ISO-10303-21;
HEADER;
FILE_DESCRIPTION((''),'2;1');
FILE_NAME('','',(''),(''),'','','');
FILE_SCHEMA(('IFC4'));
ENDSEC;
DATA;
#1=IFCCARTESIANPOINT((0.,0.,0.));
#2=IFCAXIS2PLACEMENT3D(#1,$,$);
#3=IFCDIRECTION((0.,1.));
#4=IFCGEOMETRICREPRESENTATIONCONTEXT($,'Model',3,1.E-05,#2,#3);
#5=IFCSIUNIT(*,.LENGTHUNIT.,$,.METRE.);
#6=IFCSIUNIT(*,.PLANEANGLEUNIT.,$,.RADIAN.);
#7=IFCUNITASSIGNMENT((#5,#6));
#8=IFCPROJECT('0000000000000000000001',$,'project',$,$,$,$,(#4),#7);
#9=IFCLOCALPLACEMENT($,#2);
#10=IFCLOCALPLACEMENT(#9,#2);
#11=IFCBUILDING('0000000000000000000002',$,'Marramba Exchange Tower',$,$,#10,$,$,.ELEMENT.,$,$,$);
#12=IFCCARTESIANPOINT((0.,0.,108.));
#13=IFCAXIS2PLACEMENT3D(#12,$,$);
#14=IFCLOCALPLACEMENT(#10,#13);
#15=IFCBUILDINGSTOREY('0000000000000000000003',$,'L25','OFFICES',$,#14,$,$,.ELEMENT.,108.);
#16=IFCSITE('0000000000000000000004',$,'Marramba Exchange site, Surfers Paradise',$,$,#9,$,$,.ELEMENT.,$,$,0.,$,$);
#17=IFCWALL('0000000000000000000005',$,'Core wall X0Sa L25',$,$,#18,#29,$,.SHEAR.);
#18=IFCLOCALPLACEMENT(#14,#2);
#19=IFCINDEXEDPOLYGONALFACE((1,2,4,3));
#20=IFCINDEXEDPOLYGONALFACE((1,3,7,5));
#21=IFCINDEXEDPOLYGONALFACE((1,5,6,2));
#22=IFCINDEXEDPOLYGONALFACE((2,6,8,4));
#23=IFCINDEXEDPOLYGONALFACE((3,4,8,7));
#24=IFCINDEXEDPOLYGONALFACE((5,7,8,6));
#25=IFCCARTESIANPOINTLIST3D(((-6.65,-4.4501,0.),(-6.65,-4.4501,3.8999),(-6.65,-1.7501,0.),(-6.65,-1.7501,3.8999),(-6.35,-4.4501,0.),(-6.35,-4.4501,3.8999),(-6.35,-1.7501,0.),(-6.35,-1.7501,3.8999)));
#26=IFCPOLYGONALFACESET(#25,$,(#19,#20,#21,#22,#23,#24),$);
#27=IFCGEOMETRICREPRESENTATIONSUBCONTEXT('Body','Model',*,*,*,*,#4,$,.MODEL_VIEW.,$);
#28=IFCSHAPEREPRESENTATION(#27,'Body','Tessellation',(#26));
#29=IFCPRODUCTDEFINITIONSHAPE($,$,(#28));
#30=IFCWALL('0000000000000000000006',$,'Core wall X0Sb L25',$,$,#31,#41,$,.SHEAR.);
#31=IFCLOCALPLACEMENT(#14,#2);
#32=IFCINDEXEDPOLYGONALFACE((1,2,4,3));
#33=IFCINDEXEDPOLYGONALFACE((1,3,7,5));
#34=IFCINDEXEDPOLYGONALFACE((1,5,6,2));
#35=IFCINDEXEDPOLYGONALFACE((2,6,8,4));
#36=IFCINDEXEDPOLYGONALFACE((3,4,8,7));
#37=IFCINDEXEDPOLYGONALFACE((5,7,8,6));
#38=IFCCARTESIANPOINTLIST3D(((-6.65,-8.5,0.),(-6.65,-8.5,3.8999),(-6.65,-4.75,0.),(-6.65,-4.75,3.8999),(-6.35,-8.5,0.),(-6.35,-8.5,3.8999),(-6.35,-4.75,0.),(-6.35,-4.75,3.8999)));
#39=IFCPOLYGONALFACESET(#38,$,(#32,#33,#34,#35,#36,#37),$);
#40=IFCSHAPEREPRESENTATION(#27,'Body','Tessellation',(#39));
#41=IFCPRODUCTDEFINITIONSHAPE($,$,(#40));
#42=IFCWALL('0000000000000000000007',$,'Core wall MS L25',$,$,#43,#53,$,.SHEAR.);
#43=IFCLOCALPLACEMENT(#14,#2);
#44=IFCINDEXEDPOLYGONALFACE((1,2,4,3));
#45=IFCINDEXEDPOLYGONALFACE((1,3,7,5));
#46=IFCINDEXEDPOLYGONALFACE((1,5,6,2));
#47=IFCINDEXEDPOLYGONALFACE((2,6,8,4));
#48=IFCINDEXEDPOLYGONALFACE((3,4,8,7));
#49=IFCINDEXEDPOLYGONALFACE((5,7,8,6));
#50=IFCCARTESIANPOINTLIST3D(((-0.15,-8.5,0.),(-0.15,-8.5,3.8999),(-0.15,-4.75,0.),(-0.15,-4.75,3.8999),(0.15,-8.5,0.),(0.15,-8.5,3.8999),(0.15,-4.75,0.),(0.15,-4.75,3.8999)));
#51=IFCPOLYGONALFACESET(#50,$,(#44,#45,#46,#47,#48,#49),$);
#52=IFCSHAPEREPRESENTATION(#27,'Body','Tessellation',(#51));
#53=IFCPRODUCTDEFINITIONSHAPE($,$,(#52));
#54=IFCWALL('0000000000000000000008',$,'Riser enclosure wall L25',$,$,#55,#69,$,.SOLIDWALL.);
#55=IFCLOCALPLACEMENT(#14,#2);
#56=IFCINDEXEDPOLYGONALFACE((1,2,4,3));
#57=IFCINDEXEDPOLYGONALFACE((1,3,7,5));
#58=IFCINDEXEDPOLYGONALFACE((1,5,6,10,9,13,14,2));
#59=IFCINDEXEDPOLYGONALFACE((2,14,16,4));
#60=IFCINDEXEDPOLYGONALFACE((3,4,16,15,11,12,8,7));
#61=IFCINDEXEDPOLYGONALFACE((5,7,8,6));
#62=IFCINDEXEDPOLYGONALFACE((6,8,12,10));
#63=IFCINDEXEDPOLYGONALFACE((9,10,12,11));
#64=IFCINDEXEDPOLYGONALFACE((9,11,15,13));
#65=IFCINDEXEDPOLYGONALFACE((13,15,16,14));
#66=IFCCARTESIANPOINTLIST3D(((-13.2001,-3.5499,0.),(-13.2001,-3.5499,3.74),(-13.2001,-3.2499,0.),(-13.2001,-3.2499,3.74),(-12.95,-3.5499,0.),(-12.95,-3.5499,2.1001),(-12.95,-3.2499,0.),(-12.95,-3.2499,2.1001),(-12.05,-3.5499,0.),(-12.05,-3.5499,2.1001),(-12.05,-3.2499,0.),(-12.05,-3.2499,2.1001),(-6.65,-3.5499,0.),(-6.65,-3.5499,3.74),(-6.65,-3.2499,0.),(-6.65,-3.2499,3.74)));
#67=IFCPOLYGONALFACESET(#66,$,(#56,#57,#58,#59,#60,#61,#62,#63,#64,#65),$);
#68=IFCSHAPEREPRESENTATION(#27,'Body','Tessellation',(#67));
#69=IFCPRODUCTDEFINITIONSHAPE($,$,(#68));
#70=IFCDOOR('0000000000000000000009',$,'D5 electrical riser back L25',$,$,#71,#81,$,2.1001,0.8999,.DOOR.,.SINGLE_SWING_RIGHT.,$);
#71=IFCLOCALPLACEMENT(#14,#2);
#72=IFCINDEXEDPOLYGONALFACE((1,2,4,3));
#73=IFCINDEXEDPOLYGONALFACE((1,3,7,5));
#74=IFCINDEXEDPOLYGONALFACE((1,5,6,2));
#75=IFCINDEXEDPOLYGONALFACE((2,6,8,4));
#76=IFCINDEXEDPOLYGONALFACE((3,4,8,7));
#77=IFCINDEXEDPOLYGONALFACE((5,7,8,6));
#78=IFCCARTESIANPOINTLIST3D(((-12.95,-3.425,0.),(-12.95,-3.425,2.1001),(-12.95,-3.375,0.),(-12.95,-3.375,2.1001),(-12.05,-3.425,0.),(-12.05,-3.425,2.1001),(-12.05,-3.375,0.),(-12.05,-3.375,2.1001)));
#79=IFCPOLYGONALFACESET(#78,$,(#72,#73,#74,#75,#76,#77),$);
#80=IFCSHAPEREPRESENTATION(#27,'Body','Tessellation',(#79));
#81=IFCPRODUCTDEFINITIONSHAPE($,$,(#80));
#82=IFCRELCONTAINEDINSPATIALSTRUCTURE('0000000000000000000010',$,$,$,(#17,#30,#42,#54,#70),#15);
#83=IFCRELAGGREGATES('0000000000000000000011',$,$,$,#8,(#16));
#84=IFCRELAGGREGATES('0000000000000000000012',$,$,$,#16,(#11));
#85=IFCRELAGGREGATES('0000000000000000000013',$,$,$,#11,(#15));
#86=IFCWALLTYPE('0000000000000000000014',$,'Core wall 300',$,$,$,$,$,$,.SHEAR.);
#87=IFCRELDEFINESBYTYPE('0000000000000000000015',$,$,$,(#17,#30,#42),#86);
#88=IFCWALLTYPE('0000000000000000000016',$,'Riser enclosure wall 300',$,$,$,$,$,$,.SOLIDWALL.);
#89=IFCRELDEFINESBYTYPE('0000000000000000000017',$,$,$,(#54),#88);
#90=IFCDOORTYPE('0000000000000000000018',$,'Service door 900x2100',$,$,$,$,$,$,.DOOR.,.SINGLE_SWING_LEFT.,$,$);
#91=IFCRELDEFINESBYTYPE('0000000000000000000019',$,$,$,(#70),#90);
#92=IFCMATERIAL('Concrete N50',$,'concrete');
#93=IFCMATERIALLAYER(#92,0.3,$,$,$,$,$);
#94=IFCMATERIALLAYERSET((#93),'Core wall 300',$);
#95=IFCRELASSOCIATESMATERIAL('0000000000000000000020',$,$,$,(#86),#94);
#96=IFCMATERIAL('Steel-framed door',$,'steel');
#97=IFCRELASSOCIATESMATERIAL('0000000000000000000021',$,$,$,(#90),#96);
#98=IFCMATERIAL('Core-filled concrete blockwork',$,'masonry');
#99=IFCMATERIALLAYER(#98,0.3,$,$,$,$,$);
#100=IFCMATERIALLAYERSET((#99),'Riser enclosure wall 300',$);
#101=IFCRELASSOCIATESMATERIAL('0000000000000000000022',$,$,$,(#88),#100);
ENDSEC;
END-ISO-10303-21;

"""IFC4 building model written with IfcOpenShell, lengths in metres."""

from ifc_helpers import new_model, si_unit, direction, frame, frame_2d, origin, place, context, subcontext, project, spatial, rectangle, extrude, material, layer, layer_set, type_object, element, fill, save


model = new_model("IFC4")

# Units and contexts
model_context = context("Model", 3, precision=1e-05, world=origin(), true_north=direction((0.0, 1.0)))
body_context = subcontext(model_context, "Body", "Model", "MODEL_VIEW")
ifc_project = project(units=[si_unit("LENGTHUNIT", "METRE"), si_unit("PLANEANGLEUNIT", "RADIAN")], contexts=[model_context])

# Site, building, storey
site_placement = place(None, origin())
site = spatial("IfcSite", under=ifc_project, at=site_placement, Name="Marramba Exchange site, Surfers Paradise", CompositionType="ELEMENT", RefElevation=0.0)
building_placement = place(site_placement, origin())
building = spatial("IfcBuilding", under=site, at=building_placement, Name="Marramba Exchange Tower", CompositionType="ELEMENT")
storey_placement = place(building_placement, frame((0.0, 0.0, 108.0)))
storey = spatial("IfcBuildingStorey", under=building, at=storey_placement, Name="L25", Description="OFFICES", CompositionType="ELEMENT", Elevation=108.0)

# Shared definitions
ifc_material_1 = material(Name="Concrete N50", Category="concrete")

# Shared definitions
ifc_layer_1 = layer(ifc_material_1, 0.3)
ifc_layer_set_1 = layer_set([ifc_layer_1], Name="Core wall 300")
wall_type_1 = type_object("IfcWallType", Name="Core wall 300", PredefinedType="SHEAR", material=ifc_layer_set_1)
ifc_material_2 = material(Name="Steel-framed door", Category="steel")
door_type_1 = type_object("IfcDoorType", Name="Service door 900x2100", OperationType="SINGLE_SWING_LEFT", PredefinedType="DOOR", material=ifc_material_2)

# Walls
wall_1_placement = place(storey_placement, frame((-6.5, -1.75, 0.0), z_axis=(0.0, 0.0, 1.0), x_axis=(0.0, -1.0, 0.0)))
element("IfcWall", 1, at=wall_1_placement, inside=storey, type_object=wall_type_1, Name="Core wall X0Sa L25", PredefinedType="SHEAR", context=body_context, shape_type="SweptSolid", body=[
    extrude(rectangle(XDim=2.7, YDim=0.3, at=frame_2d((1.3501, 0.0))), origin(), (0.0, 0.0, 1.0), 3.8999),
])
for number, where, z_axis, x_axis, name in (
    (2, (-6.5, -4.75, 0.0), (0.0, 0.0, 1.0), (0.0, -1.0, 0.0), "Core wall X0Sb L25"),
    (3, (0.0, -4.75, 0.0), (0.0, 0.0, 1.0), (0.0, -1.0, 0.0), "Core wall MS L25"),
):
    element("IfcWall", number, at=place(storey_placement, frame(where, z_axis=z_axis, x_axis=x_axis)), inside=storey, type_object=wall_type_1, Name=name, PredefinedType="SHEAR", context=body_context, shape_type="SweptSolid", body=[
        extrude(rectangle(XDim=3.75, YDim=0.3, at=frame_2d((1.875, 0.0))), origin(), (0.0, 0.0, 1.0), 3.8999),
    ])

# Wall, opening, door
ifc_material_3 = material(Name="Core-filled concrete blockwork", Category="masonry")
ifc_layer_2 = layer(ifc_material_3, 0.3)
ifc_layer_set_2 = layer_set([ifc_layer_2], Name="Riser enclosure wall 300")
wall_type_2 = type_object("IfcWallType", Name="Riser enclosure wall 300", PredefinedType="SOLIDWALL", material=ifc_layer_set_2)
wall_2_placement = place(storey_placement, frame((-13.2, -3.3999, 0.0), z_axis=(0.0, 0.0, 1.0), x_axis=(1.0, 0.0, 0.0)))
wall_2 = element("IfcWall", 4, at=wall_2_placement, inside=storey, type_object=wall_type_2, Name="Riser enclosure wall L25", PredefinedType="SOLIDWALL", context=body_context, shape_type="SweptSolid", body=[
    extrude(rectangle(XDim=6.55, YDim=0.3, at=frame_2d((3.2749, 0.0))), origin(), (0.0, 0.0, 1.0), 3.74),
])
opening_1_placement = place(wall_2_placement, frame((0.25, 0.0, 0.0)))
opening_1 = element("IfcOpeningElement", 5, at=opening_1_placement, cuts=wall_2, PredefinedType="OPENING", context=body_context, shape_type="SweptSolid", body=[
    extrude(rectangle(XDim=0.8999, YDim=2.1001, at=frame_2d((0.45, 1.05))), frame((0.0, 0.1599, 0.0), z_axis=(0.0, -1.0, 0.0), x_axis=(1.0, 0.0, 0.0)), (0.0, 0.0, 1.0), 0.3201),
])
door_1_placement = place(opening_1_placement, frame((0.8999, 0.0, 0.0), z_axis=(0.0, 0.0, 1.0), x_axis=(-1.0, 0.0, 0.0)))
door_1 = element("IfcDoor", 6, at=door_1_placement, inside=storey, type_object=door_type_1, Name="D5 electrical riser back L25", OperationType="SINGLE_SWING_RIGHT", OverallHeight=2.1001, OverallWidth=0.8999, PredefinedType="DOOR", context=body_context, shape_type="SweptSolid", body=[
    extrude(rectangle(XDim=0.8999, YDim=2.1001, at=frame_2d((0.45, 1.05))), frame((0.0, 0.0251, 0.0), z_axis=(0.0, -1.0, 0.0), x_axis=(1.0, 0.0, 0.0)), (0.0, 0.0, 1.0), 0.05),
])
fill(opening_1, door_1)

save(model, "model.ifc")
